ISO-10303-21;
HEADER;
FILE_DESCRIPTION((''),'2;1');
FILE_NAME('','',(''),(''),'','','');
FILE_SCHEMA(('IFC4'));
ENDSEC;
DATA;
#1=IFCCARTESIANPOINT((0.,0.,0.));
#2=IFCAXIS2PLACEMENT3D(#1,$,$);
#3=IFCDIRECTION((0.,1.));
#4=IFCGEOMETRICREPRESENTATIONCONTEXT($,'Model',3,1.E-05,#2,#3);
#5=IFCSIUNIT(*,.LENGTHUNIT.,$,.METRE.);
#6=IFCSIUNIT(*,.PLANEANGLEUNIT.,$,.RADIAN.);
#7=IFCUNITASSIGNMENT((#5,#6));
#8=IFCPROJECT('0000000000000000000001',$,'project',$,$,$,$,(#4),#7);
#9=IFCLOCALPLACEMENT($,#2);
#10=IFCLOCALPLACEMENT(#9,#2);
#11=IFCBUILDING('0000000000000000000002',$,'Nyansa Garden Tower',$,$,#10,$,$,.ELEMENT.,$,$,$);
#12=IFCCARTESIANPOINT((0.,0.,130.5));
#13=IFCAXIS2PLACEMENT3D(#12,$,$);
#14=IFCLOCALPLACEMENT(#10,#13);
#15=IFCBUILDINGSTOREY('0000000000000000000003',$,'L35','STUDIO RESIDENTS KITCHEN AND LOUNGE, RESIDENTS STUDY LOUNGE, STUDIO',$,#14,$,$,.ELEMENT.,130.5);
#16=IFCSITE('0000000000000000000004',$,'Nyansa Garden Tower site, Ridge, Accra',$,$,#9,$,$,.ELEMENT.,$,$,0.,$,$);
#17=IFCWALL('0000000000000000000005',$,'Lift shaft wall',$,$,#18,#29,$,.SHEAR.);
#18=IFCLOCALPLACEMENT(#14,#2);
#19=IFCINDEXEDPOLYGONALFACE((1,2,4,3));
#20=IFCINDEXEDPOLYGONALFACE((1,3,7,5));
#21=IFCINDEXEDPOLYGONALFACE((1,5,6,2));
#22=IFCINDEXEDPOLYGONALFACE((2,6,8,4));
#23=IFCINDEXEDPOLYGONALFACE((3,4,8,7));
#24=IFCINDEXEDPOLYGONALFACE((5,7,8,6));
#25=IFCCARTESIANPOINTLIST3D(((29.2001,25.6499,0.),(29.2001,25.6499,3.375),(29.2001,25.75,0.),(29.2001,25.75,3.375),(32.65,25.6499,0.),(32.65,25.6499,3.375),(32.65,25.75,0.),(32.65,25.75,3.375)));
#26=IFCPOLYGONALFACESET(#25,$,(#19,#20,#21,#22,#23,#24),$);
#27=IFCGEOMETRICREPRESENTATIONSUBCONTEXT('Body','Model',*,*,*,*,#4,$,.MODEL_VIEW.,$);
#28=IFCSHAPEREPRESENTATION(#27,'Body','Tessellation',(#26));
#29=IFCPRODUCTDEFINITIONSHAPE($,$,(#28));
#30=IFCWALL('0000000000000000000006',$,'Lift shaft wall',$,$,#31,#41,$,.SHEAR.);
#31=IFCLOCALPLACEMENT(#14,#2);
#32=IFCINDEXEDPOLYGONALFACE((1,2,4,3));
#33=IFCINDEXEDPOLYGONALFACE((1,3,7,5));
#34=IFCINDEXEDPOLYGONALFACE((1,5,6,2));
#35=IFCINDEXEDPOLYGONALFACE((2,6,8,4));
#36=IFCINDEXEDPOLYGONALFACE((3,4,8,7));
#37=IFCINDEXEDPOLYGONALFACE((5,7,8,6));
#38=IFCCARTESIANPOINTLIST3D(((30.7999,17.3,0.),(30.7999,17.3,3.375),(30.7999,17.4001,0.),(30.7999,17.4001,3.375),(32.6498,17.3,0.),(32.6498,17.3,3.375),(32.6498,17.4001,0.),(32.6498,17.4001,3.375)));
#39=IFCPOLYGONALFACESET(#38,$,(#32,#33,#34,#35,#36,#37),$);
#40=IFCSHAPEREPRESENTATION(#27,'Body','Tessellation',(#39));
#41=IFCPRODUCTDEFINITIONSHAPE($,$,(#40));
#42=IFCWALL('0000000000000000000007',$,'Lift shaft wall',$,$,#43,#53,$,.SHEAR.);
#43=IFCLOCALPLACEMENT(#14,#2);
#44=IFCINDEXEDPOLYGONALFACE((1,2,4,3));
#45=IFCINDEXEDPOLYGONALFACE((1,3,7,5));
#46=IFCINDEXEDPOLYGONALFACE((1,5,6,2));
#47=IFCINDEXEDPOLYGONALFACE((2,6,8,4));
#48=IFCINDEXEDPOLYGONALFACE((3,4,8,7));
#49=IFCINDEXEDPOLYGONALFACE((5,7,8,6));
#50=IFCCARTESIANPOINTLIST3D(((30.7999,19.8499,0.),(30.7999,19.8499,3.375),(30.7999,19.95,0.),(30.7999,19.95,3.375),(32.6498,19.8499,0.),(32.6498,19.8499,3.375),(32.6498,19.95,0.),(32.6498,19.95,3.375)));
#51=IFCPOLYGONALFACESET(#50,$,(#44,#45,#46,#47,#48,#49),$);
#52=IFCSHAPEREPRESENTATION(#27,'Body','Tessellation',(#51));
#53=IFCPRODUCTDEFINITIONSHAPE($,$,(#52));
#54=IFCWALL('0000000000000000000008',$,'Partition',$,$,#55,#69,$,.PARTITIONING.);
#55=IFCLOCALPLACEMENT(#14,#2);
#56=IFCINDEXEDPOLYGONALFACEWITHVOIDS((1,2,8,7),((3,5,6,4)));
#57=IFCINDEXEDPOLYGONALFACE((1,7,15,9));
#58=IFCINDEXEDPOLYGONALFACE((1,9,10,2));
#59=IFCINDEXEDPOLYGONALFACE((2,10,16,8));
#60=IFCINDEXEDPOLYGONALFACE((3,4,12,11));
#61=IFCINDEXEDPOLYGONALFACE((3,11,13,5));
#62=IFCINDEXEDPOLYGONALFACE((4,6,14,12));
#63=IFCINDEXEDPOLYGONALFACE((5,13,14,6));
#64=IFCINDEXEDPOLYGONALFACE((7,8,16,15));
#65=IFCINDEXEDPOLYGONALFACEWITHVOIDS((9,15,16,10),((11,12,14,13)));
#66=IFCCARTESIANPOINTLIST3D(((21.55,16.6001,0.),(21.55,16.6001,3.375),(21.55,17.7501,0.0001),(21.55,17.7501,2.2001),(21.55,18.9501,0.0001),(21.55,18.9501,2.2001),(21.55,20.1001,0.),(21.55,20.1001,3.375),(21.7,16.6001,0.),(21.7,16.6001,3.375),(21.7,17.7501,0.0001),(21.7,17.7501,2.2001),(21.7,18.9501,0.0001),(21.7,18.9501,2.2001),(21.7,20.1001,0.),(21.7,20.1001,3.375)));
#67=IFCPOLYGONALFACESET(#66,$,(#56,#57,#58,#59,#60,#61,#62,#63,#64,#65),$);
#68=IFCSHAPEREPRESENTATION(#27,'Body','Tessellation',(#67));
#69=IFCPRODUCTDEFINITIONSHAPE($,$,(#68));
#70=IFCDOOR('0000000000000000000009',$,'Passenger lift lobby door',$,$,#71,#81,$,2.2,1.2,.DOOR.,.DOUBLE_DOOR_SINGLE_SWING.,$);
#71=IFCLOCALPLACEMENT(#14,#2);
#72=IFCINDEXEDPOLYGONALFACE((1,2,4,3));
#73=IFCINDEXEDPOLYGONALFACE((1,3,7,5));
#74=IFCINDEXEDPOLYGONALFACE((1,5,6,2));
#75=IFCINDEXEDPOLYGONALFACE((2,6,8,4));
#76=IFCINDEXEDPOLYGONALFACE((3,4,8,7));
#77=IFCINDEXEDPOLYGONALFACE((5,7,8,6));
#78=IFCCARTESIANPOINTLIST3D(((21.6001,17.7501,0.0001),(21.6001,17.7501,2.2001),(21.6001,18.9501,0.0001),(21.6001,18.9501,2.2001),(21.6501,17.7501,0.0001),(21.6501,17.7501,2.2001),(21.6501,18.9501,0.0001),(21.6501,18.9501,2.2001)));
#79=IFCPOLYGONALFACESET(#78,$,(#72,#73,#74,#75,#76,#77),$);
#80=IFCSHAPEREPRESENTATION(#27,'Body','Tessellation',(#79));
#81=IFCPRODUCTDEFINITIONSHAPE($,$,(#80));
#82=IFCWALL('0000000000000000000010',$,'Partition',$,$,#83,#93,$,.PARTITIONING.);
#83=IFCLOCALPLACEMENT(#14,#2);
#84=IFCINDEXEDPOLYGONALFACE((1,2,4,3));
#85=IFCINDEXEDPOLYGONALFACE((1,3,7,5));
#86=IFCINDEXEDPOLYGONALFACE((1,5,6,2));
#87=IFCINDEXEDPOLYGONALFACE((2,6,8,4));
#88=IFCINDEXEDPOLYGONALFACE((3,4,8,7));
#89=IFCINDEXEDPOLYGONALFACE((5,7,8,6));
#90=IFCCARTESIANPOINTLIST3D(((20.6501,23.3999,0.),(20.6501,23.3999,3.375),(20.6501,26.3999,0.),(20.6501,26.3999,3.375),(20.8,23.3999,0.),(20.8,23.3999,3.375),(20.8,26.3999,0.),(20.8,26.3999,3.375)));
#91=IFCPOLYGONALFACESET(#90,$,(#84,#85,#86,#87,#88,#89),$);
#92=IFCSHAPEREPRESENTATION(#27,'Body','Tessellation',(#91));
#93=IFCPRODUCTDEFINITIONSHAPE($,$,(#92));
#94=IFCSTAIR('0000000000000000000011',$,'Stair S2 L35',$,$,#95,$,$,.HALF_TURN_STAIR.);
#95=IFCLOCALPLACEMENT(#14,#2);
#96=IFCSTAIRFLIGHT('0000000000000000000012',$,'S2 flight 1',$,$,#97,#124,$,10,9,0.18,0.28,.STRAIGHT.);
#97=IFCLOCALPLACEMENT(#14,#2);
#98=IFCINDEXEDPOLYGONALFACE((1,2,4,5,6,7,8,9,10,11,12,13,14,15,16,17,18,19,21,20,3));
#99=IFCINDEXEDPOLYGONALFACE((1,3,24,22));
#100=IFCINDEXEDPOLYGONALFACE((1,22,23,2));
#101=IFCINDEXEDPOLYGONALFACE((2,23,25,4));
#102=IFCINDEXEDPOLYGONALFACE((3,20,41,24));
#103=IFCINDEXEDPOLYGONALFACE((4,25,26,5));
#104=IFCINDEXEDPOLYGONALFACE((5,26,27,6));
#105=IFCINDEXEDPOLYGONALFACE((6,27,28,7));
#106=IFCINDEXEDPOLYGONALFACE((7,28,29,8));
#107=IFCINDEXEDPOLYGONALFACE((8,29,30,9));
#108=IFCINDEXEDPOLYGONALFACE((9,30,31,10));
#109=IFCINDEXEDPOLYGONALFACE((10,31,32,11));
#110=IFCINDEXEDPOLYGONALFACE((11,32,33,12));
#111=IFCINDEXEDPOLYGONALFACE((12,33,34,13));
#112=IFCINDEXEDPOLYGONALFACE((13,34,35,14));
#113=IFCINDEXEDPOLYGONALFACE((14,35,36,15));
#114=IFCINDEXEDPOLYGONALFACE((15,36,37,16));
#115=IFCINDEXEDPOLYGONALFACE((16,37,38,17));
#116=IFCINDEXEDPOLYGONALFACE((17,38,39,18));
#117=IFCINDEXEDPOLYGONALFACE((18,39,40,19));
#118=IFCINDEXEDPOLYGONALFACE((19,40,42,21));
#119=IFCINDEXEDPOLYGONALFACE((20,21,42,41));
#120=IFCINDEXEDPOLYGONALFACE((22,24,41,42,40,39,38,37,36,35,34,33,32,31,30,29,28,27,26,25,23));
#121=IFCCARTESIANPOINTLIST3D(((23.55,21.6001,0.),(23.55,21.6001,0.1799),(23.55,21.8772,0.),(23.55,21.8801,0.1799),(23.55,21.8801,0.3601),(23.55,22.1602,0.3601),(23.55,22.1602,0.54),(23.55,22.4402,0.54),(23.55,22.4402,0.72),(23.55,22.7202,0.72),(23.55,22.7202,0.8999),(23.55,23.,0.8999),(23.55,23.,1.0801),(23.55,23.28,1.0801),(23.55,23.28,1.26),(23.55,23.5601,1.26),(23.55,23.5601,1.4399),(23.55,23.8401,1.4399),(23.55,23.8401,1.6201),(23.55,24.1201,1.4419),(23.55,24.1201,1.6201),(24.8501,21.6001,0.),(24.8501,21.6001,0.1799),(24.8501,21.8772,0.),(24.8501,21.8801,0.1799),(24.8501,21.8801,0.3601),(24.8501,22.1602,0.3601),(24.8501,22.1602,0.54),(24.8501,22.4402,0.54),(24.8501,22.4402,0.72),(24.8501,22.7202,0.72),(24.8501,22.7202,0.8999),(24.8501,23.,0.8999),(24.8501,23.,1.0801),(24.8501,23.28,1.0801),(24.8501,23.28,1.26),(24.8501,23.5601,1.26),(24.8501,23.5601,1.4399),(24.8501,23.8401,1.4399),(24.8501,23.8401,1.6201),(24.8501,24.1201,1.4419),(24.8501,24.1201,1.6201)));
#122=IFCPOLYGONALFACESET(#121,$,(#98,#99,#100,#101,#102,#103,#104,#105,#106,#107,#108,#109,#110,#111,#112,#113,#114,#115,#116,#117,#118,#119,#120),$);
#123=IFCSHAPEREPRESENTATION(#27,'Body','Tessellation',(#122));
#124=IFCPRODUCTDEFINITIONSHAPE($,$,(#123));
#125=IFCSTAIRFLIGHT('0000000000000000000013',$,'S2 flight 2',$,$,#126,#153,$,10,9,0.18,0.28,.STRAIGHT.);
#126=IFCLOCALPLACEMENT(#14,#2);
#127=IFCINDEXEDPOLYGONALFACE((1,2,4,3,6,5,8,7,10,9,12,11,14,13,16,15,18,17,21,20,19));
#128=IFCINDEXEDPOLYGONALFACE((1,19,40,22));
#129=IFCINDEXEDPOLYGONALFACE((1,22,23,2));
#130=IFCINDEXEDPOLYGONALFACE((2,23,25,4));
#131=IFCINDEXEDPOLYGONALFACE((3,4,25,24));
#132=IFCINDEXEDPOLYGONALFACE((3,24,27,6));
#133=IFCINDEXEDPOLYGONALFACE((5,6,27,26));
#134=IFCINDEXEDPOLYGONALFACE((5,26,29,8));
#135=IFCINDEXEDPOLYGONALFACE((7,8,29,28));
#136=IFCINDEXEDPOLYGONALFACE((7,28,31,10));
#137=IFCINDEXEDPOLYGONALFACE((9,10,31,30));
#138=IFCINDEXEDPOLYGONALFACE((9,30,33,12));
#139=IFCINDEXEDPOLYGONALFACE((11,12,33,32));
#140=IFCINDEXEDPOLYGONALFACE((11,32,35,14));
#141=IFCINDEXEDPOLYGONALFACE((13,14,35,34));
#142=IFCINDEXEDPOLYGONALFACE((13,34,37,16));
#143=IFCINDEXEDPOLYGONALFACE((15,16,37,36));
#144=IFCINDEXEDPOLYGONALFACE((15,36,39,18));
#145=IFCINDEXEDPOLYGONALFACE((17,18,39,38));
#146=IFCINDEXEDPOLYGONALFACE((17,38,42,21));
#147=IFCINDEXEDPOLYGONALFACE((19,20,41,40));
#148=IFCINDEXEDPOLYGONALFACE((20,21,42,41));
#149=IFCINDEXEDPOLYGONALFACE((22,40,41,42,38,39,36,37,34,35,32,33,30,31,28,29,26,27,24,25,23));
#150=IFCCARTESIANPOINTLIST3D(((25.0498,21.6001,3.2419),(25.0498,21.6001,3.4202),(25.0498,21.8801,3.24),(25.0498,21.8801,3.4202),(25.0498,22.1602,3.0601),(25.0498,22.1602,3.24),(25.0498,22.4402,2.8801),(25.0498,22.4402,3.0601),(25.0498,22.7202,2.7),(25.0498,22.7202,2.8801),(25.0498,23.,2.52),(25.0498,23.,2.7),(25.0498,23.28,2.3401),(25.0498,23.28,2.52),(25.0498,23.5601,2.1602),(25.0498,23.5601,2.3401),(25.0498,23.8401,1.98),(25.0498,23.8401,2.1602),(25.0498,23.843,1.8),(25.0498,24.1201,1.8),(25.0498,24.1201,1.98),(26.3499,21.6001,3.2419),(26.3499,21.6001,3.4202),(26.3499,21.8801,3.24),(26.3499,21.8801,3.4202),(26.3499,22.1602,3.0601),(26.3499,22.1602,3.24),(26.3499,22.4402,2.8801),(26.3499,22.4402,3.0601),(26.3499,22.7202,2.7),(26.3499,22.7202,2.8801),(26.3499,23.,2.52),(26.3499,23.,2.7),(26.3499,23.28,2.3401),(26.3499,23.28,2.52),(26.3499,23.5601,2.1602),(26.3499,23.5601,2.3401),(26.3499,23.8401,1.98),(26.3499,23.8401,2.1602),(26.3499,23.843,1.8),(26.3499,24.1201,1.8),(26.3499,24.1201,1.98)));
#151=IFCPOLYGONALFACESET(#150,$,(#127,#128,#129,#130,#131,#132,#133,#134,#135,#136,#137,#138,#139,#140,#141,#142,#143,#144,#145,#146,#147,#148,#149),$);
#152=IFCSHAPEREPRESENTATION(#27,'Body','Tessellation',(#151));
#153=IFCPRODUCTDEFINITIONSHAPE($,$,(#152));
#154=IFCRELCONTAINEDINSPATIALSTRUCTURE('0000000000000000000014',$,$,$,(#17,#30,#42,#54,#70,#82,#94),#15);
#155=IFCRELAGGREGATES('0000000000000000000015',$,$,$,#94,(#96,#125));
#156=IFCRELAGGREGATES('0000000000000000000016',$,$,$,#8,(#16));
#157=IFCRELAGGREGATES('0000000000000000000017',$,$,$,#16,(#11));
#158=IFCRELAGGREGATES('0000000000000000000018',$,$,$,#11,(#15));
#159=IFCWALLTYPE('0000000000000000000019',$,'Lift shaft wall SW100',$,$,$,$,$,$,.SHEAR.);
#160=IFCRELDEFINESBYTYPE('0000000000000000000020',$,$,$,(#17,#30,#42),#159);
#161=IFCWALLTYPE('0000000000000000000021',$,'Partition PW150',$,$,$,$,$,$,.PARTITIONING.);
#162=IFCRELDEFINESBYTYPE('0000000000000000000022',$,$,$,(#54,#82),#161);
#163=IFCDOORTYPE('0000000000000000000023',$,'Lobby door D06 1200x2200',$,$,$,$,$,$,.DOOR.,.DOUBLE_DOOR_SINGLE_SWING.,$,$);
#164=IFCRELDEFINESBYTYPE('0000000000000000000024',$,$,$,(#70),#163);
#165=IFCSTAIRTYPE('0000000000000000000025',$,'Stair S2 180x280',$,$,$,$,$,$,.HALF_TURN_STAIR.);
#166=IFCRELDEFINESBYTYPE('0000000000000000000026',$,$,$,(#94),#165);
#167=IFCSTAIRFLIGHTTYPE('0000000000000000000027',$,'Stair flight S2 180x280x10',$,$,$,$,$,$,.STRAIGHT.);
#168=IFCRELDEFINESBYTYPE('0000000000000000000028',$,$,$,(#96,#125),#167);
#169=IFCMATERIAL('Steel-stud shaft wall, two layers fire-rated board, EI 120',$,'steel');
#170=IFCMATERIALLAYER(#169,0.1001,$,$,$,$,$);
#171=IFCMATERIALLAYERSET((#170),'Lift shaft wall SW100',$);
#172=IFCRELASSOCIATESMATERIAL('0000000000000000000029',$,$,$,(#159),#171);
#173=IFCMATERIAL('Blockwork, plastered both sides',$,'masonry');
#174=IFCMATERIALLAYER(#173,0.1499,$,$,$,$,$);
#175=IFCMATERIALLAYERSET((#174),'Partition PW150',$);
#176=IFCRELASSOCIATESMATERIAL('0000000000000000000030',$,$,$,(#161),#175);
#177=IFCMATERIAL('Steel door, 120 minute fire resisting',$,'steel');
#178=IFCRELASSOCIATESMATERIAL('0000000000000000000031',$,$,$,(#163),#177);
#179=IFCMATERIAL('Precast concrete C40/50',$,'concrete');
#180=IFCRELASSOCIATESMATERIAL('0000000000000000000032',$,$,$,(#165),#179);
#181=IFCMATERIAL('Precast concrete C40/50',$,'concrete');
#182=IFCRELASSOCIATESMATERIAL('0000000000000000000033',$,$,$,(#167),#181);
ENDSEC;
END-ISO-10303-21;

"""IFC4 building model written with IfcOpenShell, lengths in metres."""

from ifc_helpers import new_model, si_unit, direction, frame, frame_2d, origin, place, context, subcontext, project, spatial, polyline, rectangle, outline, extrude, material, layer, layer_set, type_object, element, fill, aggregate, save


model = new_model("IFC4")

# Units and contexts
model_context = context("Model", 3, precision=1e-05, world=origin(), true_north=direction((0.0, 1.0)))
body_context = subcontext(model_context, "Body", "Model", "MODEL_VIEW")
ifc_project = project(units=[si_unit("LENGTHUNIT", "METRE"), si_unit("PLANEANGLEUNIT", "RADIAN")], contexts=[model_context])

# Site, building, storey
site_placement = place(None, origin())
site = spatial("IfcSite", under=ifc_project, at=site_placement, Name="Nyansa Garden Tower site, Ridge, Accra", CompositionType="ELEMENT", RefElevation=0.0)
building_placement = place(site_placement, origin())
building = spatial("IfcBuilding", under=site, at=building_placement, Name="Nyansa Garden Tower", CompositionType="ELEMENT")
storey_placement = place(building_placement, frame((0.0, 0.0, 130.5)))
storey = spatial("IfcBuildingStorey", under=building, at=storey_placement, Name="L35", Description="STUDIO RESIDENTS KITCHEN AND LOUNGE, RESIDENTS STUDY LOUNGE, STUDIO", CompositionType="ELEMENT", Elevation=130.5)

# Walls
ifc_material_1 = material(Name="Steel-stud shaft wall, two layers fire-rated board, EI 120", Category="steel")
ifc_layer_1 = layer(ifc_material_1, 0.1001)
ifc_layer_set_1 = layer_set([ifc_layer_1], Name="Lift shaft wall SW100")
wall_type_1 = type_object("IfcWallType", Name="Lift shaft wall SW100", PredefinedType="SHEAR", material=ifc_layer_set_1)
wall_1_placement = place(storey_placement, frame((29.2, 25.7, 0.0), z_axis=(0.0, 0.0, 1.0), x_axis=(1.0, 0.0, 0.0)))
element("IfcWall", 1, at=wall_1_placement, inside=storey, type_object=wall_type_1, Name="Lift shaft wall", PredefinedType="SHEAR", context=body_context, shape_type="SweptSolid", body=[
    extrude(rectangle(XDim=3.45, YDim=0.1001, at=frame_2d((1.7251, 0.0))), origin(), (0.0, 0.0, 1.0), 3.375),
])
for number, where, z_axis, x_axis, name in (
    (2, (30.8, 17.3501, 0.0), (0.0, 0.0, 1.0), (1.0, 0.0, 0.0), "Lift shaft wall"),
    (3, (30.8, 19.8999, 0.0), (0.0, 0.0, 1.0), (1.0, 0.0, 0.0), "Lift shaft wall"),
):
    element("IfcWall", number, at=place(storey_placement, frame(where, z_axis=z_axis, x_axis=x_axis)), inside=storey, type_object=wall_type_1, Name=name, PredefinedType="SHEAR", context=body_context, shape_type="SweptSolid", body=[
        extrude(rectangle(XDim=1.8499, YDim=0.1001, at=frame_2d((0.9248, 0.0))), origin(), (0.0, 0.0, 1.0), 3.375),
    ])

# Wall, opening, door
ifc_material_2 = material(Name="Blockwork, plastered both sides", Category="masonry")
ifc_layer_2 = layer(ifc_material_2, 0.1499)
ifc_layer_set_2 = layer_set([ifc_layer_2], Name="Partition PW150")
wall_type_2 = type_object("IfcWallType", Name="Partition PW150", PredefinedType="PARTITIONING", material=ifc_layer_set_2)
wall_2_placement = place(storey_placement, frame((21.625, 16.6001, 0.0), z_axis=(0.0, 0.0, 1.0), x_axis=(0.0, 1.0, 0.0)))
wall_2 = element("IfcWall", 4, at=wall_2_placement, inside=storey, type_object=wall_type_2, Name="Partition", PredefinedType="PARTITIONING", context=body_context, shape_type="SweptSolid", body=[
    extrude(rectangle(XDim=3.5, YDim=0.1499, at=frame_2d((1.75, 0.0))), origin(), (0.0, 0.0, 1.0), 3.375),
])
opening_1_placement = place(wall_2_placement, frame((1.1499, 0.0, 0.0)))
opening_1 = element("IfcOpeningElement", 5, at=opening_1_placement, cuts=wall_2, PredefinedType="OPENING", context=body_context, shape_type="SweptSolid", body=[
    extrude(rectangle(XDim=1.2, YDim=2.2, at=frame_2d((0.6001, 1.1001))), frame((0.0, 0.085, 0.0), z_axis=(0.0, -1.0, 0.0), x_axis=(1.0, 0.0, 0.0)), (0.0, 0.0, 1.0), 0.1699),
])
ifc_material_3 = material(Name="Steel door, 120 minute fire resisting", Category="steel")
door_type_1 = type_object("IfcDoorType", Name="Lobby door D06 1200x2200", OperationType="DOUBLE_DOOR_SINGLE_SWING", PredefinedType="DOOR", material=ifc_material_3)
door_1_placement = place(opening_1_placement, origin())
door_1 = element("IfcDoor", 6, at=door_1_placement, inside=storey, type_object=door_type_1, Name="Passenger lift lobby door", OperationType="DOUBLE_DOOR_SINGLE_SWING", OverallHeight=2.2, OverallWidth=1.2, PredefinedType="DOOR", context=body_context, shape_type="SweptSolid", body=[
    extrude(rectangle(XDim=1.2, YDim=2.2, at=frame_2d((0.6001, 1.1001))), frame((0.0, 0.0249, 0.0), z_axis=(0.0, -1.0, 0.0), x_axis=(1.0, 0.0, 0.0)), (0.0, 0.0, 1.0), 0.05),
])
fill(opening_1, door_1)

# Wall
wall_3_placement = place(storey_placement, frame((20.7251, 23.3999, 0.0), z_axis=(0.0, 0.0, 1.0), x_axis=(0.0, 1.0, 0.0)))
element("IfcWall", 7, at=wall_3_placement, inside=storey, type_object=wall_type_2, Name="Partition", PredefinedType="PARTITIONING", context=body_context, shape_type="SweptSolid", body=[
    extrude(rectangle(XDim=3.0, YDim=0.1499, at=frame_2d((1.5, 0.0))), origin(), (0.0, 0.0, 1.0), 3.375),
])

# Stair, stair flights
ifc_material_4 = material(Name="Precast concrete C40/50", Category="concrete")
stair_type = type_object("IfcStairType", Name="Stair S2 180x280", PredefinedType="HALF_TURN_STAIR", material=ifc_material_4)
stair_placement = place(storey_placement, origin())
stair = element("IfcStair", 8, at=stair_placement, inside=storey, type_object=stair_type, Name="Stair S2 L35", PredefinedType="HALF_TURN_STAIR")
ifc_material_5 = material(Name="Precast concrete C40/50", Category="concrete")
stair_flight_type = type_object("IfcStairFlightType", Name="Stair flight S2 180x280x10", PredefinedType="STRAIGHT", material=ifc_material_5)
stair_flight_1_placement = place(storey_placement, frame((24.2, 21.6001, 0.0), z_axis=(0.0, 0.0, 1.0), x_axis=(0.0, 1.0, 0.0)))
stair_flight_1 = element("IfcStairFlight", 9, at=stair_flight_1_placement, type_object=stair_flight_type, Name="S2 flight 1", NumberOfRisers=10, NumberOfTreads=9, PredefinedType="STRAIGHT", RiserHeight=0.18, TreadLength=0.28, context=body_context, shape_type="SweptSolid", body=[
    extrude(outline(polyline([(0.0, 0.0), (0.0, 0.1799), (0.28, 0.1799), (0.28, 0.3601), (0.5601, 0.3601), (0.5601, 0.54), (0.8401, 0.54), (0.8401, 0.72), (1.1201, 0.72), (1.1201, 0.8999), (1.3999, 0.8999), (1.3999, 1.0801), (1.6799, 1.0801), (1.6799, 1.26), (1.96, 1.26), (1.96, 1.4399), (2.24, 1.4399), (2.24, 1.6201), (2.52, 1.6201), (2.52, 1.8), (2.52, 1.4419), (0.2771, 0.0), (0.0, 0.0)])), frame((0.0, 0.6499, 0.0), z_axis=(0.0, -1.0, 0.0), x_axis=(1.0, 0.0, 0.0)), (0.0, 0.0, 1.0), 1.3),
])
stair_flight_2_placement = place(storey_placement, frame((25.7, 24.1201, 1.8), z_axis=(0.0, 0.0, 1.0), x_axis=(0.0, -1.0, 0.0)))
stair_flight_2 = element("IfcStairFlight", 10, at=stair_flight_2_placement, type_object=stair_flight_type, Name="S2 flight 2", NumberOfRisers=10, NumberOfTreads=9, PredefinedType="STRAIGHT", RiserHeight=0.18, TreadLength=0.28, context=body_context, shape_type="SweptSolid", body=[
    extrude(outline(polyline([(0.0, 0.0), (0.0, 0.1799), (0.28, 0.1799), (0.28, 0.3601), (0.5601, 0.3601), (0.5601, 0.54), (0.8401, 0.54), (0.8401, 0.72), (1.1201, 0.72), (1.1201, 0.8999), (1.3999, 0.8999), (1.3999, 1.0801), (1.6799, 1.0801), (1.6799, 1.26), (1.96, 1.26), (1.96, 1.4399), (2.24, 1.4399), (2.24, 1.6201), (2.52, 1.6201), (2.52, 1.8), (2.52, 1.4419), (0.2771, 0.0), (0.0, 0.0)])), frame((0.0, 0.6499, 0.0), z_axis=(0.0, -1.0, 0.0), x_axis=(1.0, 0.0, 0.0)), (0.0, 0.0, 1.0), 1.3),
])
aggregate(stair, [stair_flight_1, stair_flight_2])

save(model, "model.ifc")
